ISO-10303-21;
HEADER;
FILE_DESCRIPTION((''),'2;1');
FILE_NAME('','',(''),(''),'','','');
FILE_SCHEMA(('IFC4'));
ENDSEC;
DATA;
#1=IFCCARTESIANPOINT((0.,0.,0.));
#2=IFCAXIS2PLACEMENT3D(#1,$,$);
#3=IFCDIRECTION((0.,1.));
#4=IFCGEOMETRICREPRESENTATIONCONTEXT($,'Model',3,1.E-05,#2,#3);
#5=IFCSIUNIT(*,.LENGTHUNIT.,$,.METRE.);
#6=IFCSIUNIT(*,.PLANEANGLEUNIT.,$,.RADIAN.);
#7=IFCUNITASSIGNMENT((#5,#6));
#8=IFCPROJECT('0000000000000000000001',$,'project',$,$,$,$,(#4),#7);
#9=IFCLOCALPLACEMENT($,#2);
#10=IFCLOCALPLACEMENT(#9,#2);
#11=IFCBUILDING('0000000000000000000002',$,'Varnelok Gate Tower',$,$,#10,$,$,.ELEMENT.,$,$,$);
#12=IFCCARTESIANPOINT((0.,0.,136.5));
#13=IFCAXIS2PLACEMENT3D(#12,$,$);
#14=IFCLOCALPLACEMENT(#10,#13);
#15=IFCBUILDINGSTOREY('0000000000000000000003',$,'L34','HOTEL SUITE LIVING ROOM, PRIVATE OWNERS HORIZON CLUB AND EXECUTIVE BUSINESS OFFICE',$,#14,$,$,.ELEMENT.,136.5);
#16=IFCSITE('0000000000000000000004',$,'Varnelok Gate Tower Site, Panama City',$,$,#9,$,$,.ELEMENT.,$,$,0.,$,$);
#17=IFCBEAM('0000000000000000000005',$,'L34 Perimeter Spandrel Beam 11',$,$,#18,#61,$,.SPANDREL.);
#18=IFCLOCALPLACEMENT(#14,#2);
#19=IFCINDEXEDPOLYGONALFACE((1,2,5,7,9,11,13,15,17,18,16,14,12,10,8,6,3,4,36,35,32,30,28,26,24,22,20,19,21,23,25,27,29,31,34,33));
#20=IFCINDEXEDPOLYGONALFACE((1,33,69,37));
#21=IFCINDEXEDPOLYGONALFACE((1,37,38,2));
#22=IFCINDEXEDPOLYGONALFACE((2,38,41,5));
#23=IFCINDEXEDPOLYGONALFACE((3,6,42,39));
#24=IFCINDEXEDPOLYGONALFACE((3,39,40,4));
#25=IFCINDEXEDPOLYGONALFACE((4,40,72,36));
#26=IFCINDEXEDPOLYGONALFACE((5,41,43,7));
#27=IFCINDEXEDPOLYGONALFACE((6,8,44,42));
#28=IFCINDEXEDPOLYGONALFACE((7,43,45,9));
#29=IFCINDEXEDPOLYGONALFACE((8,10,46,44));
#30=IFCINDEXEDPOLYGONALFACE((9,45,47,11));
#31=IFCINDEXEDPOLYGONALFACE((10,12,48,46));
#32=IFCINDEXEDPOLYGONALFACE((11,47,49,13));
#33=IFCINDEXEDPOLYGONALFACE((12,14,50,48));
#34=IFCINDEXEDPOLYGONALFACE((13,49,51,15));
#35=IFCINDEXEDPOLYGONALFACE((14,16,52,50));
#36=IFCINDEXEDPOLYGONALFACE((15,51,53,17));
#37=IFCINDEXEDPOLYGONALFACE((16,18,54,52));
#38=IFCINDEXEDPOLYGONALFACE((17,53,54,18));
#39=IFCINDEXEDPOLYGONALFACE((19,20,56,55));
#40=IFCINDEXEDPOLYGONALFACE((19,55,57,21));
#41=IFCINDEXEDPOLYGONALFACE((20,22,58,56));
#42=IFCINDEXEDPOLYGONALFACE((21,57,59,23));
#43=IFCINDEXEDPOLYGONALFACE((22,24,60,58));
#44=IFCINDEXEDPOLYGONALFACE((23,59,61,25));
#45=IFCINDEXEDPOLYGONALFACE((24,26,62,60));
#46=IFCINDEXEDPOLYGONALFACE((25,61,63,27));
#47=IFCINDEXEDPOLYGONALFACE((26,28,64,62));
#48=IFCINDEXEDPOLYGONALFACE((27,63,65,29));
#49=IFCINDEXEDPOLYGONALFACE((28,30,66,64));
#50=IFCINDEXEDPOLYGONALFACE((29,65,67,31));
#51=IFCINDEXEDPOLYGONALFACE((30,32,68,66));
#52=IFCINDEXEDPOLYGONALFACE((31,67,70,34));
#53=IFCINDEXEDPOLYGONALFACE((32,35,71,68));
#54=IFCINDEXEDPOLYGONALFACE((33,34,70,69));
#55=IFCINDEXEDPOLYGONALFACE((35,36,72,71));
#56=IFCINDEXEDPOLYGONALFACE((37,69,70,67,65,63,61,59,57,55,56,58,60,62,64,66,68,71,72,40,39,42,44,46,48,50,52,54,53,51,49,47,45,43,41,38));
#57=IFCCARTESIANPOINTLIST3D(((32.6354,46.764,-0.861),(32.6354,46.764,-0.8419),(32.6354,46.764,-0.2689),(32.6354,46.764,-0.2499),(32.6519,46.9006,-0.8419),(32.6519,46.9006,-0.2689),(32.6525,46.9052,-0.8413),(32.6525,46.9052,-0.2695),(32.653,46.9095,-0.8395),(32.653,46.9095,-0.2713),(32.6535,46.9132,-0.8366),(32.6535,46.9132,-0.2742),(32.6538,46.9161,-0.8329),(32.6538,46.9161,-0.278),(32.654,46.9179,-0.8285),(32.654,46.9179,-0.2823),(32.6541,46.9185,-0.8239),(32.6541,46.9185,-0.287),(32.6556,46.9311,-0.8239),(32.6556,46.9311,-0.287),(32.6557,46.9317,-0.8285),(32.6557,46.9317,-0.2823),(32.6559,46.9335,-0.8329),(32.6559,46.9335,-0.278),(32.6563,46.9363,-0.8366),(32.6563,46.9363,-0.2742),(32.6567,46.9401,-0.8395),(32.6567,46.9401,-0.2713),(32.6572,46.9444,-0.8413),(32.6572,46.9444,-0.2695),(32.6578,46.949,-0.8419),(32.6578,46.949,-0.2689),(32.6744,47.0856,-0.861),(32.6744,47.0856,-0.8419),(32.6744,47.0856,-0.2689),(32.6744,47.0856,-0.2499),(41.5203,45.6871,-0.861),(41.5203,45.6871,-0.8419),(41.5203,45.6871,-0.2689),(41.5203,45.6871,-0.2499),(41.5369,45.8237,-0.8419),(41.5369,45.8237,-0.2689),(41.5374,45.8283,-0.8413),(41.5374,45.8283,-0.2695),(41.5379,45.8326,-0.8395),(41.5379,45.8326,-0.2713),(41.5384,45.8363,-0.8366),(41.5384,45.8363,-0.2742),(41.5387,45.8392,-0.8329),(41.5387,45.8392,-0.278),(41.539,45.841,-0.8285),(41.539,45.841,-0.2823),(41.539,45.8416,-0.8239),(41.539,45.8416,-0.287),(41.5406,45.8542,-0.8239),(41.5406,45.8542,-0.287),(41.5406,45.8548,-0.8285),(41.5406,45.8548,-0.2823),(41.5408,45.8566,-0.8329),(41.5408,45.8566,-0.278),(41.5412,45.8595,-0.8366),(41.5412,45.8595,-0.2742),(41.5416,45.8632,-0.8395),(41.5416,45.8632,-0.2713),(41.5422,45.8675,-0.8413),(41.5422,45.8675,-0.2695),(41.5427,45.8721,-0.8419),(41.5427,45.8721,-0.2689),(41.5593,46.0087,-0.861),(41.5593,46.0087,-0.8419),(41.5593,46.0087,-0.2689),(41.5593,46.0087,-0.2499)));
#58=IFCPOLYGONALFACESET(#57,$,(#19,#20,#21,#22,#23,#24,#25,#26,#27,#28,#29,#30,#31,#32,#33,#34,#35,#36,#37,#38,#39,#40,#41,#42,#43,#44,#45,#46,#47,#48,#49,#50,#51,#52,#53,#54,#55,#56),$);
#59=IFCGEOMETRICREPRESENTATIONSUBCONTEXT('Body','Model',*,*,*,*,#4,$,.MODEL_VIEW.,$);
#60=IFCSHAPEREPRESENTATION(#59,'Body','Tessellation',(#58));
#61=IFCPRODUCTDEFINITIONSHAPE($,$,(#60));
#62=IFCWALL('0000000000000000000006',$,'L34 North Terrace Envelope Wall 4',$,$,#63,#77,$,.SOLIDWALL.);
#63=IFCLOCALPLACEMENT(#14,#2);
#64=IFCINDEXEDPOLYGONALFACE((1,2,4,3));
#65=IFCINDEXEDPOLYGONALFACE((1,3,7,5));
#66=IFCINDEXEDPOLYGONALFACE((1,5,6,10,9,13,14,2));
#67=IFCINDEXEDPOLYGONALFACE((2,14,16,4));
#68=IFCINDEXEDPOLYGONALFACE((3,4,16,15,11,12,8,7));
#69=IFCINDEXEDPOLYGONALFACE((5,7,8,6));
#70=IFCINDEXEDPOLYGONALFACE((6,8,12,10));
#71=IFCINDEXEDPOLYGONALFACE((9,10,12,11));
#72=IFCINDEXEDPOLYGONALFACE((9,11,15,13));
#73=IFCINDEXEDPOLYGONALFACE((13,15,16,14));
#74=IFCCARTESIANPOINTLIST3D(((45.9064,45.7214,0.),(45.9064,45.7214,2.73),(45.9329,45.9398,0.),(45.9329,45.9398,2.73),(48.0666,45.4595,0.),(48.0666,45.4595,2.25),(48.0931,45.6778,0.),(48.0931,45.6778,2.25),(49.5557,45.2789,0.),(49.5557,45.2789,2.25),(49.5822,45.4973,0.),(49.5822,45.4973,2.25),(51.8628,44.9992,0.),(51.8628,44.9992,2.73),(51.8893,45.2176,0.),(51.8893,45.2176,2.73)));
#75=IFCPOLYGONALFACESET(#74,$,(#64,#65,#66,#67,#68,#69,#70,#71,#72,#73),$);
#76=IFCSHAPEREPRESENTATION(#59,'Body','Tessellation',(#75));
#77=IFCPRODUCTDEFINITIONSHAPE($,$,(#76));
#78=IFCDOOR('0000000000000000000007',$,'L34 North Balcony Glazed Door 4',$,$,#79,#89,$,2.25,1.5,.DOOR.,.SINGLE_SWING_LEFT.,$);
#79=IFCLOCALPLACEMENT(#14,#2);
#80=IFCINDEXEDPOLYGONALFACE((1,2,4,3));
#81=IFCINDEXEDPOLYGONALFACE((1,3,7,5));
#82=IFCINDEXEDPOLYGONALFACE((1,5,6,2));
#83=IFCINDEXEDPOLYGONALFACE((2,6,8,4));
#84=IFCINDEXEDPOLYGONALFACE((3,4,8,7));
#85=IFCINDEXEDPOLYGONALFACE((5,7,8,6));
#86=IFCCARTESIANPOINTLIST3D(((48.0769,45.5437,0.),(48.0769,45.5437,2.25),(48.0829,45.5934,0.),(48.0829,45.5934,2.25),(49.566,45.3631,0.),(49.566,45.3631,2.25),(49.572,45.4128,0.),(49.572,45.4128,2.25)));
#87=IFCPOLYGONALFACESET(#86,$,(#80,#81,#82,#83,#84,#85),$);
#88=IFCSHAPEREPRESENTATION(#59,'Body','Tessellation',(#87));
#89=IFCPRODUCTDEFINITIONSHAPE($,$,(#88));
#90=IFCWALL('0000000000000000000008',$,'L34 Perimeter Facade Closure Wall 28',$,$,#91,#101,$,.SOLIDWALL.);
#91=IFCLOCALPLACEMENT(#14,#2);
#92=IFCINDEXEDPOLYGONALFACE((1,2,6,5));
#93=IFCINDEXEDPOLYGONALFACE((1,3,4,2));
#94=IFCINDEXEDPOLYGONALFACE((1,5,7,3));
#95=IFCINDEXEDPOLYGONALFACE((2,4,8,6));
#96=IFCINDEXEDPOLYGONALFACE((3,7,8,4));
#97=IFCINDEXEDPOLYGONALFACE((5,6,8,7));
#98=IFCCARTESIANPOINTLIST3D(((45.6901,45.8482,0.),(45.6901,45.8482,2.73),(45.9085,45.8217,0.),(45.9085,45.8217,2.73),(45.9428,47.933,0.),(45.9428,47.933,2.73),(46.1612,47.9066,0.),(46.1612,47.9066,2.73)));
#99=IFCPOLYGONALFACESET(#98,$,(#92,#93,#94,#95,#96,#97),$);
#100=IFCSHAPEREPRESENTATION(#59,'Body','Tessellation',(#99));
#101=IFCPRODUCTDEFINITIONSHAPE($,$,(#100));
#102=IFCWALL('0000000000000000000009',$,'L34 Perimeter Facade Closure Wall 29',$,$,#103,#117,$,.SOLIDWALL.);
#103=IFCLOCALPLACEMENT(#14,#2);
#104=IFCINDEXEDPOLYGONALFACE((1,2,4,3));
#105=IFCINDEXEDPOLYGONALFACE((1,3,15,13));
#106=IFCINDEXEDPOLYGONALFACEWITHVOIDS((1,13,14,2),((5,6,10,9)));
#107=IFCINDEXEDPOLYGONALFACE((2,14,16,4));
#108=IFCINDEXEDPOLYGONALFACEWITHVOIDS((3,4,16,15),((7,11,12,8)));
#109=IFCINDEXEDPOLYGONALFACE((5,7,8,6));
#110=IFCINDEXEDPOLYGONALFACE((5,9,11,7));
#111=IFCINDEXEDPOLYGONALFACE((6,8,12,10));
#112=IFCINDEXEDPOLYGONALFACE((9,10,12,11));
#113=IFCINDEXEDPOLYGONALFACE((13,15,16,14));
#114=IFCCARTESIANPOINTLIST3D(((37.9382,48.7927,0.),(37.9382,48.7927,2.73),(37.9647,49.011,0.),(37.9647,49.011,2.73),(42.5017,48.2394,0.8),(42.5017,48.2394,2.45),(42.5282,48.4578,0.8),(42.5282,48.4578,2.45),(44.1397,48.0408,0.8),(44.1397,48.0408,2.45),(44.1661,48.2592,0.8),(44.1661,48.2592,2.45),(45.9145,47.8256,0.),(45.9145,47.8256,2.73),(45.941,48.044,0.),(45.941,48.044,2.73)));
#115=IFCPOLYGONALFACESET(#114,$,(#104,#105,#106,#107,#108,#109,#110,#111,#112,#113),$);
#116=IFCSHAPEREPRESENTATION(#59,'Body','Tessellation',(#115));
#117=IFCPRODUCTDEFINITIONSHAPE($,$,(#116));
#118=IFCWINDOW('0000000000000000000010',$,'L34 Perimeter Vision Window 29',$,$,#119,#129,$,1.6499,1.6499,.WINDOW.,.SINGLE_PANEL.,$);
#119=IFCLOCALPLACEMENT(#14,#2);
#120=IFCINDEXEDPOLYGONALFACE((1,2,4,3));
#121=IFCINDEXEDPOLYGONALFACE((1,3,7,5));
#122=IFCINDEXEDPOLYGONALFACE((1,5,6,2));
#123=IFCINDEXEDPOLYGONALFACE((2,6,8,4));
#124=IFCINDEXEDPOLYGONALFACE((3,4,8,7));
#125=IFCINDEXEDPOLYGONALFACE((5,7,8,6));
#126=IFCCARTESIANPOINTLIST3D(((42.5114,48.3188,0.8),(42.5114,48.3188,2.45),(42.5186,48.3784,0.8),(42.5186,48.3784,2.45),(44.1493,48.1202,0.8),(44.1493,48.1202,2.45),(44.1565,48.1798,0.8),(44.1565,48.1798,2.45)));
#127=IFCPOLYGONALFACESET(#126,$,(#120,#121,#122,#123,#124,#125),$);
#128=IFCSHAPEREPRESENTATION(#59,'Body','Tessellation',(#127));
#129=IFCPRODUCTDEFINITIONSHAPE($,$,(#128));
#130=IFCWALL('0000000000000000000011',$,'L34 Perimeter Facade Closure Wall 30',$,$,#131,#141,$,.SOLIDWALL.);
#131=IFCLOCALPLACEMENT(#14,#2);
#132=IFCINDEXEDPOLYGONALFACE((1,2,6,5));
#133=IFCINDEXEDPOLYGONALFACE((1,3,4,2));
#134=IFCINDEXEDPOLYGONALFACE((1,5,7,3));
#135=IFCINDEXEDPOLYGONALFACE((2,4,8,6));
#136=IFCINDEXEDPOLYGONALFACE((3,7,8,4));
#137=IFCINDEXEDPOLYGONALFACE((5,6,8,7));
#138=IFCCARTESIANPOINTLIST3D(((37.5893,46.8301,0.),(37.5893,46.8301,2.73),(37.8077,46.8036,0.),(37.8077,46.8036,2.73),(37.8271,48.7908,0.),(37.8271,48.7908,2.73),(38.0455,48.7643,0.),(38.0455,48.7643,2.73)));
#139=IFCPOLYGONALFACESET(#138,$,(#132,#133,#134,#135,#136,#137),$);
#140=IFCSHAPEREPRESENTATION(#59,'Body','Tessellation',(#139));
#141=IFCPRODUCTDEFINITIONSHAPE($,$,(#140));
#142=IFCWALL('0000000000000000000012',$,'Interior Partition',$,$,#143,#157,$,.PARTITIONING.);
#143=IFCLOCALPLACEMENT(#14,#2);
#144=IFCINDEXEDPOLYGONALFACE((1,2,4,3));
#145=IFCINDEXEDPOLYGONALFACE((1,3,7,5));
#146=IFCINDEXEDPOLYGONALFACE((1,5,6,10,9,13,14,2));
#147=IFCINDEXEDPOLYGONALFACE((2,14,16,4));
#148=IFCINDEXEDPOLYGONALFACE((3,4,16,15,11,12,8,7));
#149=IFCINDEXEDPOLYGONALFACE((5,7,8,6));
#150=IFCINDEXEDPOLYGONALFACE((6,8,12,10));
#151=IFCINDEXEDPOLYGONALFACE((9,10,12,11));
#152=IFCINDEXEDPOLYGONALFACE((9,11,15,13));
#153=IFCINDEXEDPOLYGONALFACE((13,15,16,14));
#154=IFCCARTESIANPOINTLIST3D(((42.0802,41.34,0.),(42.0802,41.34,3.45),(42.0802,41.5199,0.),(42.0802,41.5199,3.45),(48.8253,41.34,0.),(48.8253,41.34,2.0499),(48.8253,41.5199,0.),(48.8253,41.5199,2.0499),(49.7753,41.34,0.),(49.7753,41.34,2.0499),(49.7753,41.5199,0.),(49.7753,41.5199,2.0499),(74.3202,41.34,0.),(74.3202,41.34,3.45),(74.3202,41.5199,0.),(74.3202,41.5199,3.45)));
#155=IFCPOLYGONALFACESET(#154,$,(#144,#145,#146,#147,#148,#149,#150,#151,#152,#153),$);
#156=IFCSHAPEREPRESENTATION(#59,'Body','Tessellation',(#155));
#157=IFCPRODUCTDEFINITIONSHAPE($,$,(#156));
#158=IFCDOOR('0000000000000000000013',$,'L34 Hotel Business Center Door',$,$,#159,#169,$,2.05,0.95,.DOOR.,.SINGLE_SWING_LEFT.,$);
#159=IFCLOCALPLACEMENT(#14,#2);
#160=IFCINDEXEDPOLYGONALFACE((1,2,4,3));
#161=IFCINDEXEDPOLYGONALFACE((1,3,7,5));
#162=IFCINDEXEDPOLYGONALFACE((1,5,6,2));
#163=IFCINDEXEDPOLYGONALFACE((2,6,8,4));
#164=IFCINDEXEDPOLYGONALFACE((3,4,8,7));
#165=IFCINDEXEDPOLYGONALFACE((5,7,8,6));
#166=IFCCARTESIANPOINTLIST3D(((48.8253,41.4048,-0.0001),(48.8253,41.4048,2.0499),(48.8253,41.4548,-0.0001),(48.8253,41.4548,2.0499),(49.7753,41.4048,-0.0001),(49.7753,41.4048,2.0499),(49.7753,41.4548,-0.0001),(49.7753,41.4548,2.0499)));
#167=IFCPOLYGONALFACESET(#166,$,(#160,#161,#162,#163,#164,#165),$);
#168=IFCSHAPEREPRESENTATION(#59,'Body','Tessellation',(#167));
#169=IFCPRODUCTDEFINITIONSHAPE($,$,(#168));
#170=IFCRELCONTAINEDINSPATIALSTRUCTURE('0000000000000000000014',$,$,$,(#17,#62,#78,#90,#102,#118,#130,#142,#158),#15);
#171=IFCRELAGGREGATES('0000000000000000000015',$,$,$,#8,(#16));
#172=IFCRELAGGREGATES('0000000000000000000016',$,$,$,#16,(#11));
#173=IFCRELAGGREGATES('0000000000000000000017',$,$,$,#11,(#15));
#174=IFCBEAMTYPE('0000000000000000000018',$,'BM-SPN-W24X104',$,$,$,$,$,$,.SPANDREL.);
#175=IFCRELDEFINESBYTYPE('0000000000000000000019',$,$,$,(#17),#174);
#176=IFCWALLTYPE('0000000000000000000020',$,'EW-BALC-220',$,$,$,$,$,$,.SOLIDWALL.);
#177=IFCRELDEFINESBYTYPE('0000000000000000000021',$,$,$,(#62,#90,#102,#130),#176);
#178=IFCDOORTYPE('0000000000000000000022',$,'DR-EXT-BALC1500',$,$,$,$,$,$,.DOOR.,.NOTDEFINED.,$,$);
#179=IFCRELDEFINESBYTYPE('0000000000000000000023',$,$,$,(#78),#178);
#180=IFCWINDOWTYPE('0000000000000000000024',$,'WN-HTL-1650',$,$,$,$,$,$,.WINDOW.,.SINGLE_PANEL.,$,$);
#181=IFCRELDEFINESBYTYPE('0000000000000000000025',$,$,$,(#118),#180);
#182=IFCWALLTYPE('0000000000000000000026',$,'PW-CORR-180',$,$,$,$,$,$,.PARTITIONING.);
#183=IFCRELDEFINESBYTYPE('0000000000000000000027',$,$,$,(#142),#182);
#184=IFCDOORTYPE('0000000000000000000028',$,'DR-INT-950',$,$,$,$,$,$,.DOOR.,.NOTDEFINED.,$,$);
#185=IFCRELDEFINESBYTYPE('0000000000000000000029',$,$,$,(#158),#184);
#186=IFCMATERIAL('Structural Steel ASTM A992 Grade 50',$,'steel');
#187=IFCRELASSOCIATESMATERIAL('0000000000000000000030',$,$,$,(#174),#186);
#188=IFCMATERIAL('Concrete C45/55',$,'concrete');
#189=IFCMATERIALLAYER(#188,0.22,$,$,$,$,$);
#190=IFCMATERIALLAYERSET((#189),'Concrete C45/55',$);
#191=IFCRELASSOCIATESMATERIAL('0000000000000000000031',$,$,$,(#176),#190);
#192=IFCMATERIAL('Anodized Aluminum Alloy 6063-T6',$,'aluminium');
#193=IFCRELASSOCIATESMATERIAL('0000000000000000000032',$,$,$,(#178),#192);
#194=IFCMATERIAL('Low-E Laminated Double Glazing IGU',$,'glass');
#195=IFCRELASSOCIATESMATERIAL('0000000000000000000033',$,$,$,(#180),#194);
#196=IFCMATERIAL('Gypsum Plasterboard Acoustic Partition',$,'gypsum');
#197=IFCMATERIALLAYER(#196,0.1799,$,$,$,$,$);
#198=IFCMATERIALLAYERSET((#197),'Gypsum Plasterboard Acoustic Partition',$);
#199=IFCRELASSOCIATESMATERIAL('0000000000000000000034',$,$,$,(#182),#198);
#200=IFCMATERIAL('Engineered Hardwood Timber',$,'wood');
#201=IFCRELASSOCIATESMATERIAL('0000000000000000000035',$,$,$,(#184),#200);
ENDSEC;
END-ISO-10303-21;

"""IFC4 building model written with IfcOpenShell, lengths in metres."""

from ifc_helpers import new_model, si_unit, direction, frame, frame_2d, origin, origin_2d, place, context, subcontext, project, spatial, rectangle, i_section, extrude, material, layer, layer_set, material_profile, profile_set, type_object, element, fill, save


model = new_model("IFC4")

# Units and contexts
model_context = context("Model", 3, precision=1e-05, world=origin(), true_north=direction((0.0, 1.0)))
body_context = subcontext(model_context, "Body", "Model", "MODEL_VIEW")
ifc_project = project(units=[si_unit("LENGTHUNIT", "METRE"), si_unit("PLANEANGLEUNIT", "RADIAN")], contexts=[model_context])

# Site, building, storey
site_placement = place(None, origin())
site = spatial("IfcSite", under=ifc_project, at=site_placement, Name="Varnelok Gate Tower Site, Panama City", CompositionType="ELEMENT", RefElevation=0.0)
building_placement = place(site_placement, origin())
building = spatial("IfcBuilding", under=site, at=building_placement, Name="Varnelok Gate Tower", CompositionType="ELEMENT")
storey_placement = place(building_placement, frame((0.0, 0.0, 136.5)))
storey = spatial("IfcBuildingStorey", under=building, at=storey_placement, Name="L34", Description="HOTEL SUITE LIVING ROOM, PRIVATE OWNERS HORIZON CLUB AND EXECUTIVE BUSINESS OFFICE", CompositionType="ELEMENT", Elevation=136.5)

# Shared definitions
ifc_material_1 = material(Name="Structural Steel ASTM A992 Grade 50", Category="steel")

# Beam
ifc_material_profile_1 = material_profile(ifc_material_1, i_section(OverallWidth=0.324, OverallDepth=0.6111, WebThickness=0.0127, FlangeThickness=0.019, FilletRadius=0.0181, at=origin_2d()), Name="W24X104")
ifc_profile_set_1 = profile_set([ifc_material_profile_1], Name="Structural Steel ASTM A992 Grade 50")
beam_type_1 = type_object("IfcBeamType", Name="BM-SPN-W24X104", PredefinedType="SPANDREL", material=ifc_profile_set_1)
beam_1_placement = place(storey_placement, frame((41.5398, 45.8479, -0.5554), z_axis=(-0.992735, 0.120324, 0.0), x_axis=(-0.120324, -0.992735, 0.0)))
element("IfcBeam", 1, at=beam_1_placement, inside=storey, type_object=beam_type_1, Name="L34 Perimeter Spandrel Beam 11", PredefinedType="SPANDREL", context=body_context, shape_type="SweptSolid", body=[
    extrude(i_section(OverallWidth=0.324, OverallDepth=0.6111, WebThickness=0.0127, FlangeThickness=0.019, FilletRadius=0.0181, at=origin_2d()), origin(), (0.0, 0.0, 1.0), 8.95),
])

# Wall, opening, door
ifc_material_2 = material(Name="Concrete C45/55", Category="concrete")
ifc_layer_1 = layer(ifc_material_2, 0.22)
ifc_layer_set_1 = layer_set([ifc_layer_1], Name="Concrete C45/55")
wall_type_1 = type_object("IfcWallType", Name="EW-BALC-220", PredefinedType="SOLIDWALL", material=ifc_layer_set_1)
wall_1_placement = place(storey_placement, frame((45.9197, 45.8306, 0.0), z_axis=(0.0, 0.0, 1.0), x_axis=(0.99273, -0.120363, 0.0)))
wall_1 = element("IfcWall", 2, at=wall_1_placement, inside=storey, type_object=wall_type_1, Name="L34 North Terrace Envelope Wall 4", PredefinedType="SOLIDWALL", context=body_context, shape_type="SweptSolid", body=[
    extrude(rectangle(XDim=6.0, YDim=0.22, at=frame_2d((3.0, 0.0))), origin(), (0.0, 0.0, 1.0), 2.73),
])
opening_1_placement = place(wall_1_placement, frame((2.176, 0.0, 0.0)))
opening_1 = element("IfcOpeningElement", 3, at=opening_1_placement, cuts=wall_1, PredefinedType="OPENING", context=body_context, shape_type="SweptSolid", body=[
    extrude(rectangle(XDim=1.5, YDim=2.25, at=frame_2d((0.75, 1.125))), frame((0.0, 0.1199, 0.0), z_axis=(0.0, -1.0, 0.0), x_axis=(1.0, 0.0, 0.0)), (0.0, 0.0, 1.0), 0.24),
])
ifc_material_3 = material(Name="Anodized Aluminum Alloy 6063-T6", Category="aluminium")
door_type_1 = type_object("IfcDoorType", Name="DR-EXT-BALC1500", OperationType="NOTDEFINED", PredefinedType="DOOR", material=ifc_material_3)
door_1_placement = place(opening_1_placement, origin())
door_1 = element("IfcDoor", 4, at=door_1_placement, inside=storey, type_object=door_type_1, Name="L34 North Balcony Glazed Door 4", OperationType="SINGLE_SWING_LEFT", OverallHeight=2.25, OverallWidth=1.5, PredefinedType="DOOR", context=body_context, shape_type="SweptSolid", body=[
    extrude(rectangle(XDim=1.5, YDim=2.25, at=frame_2d((0.75, 1.125))), frame((0.0, 0.0249, 0.0), z_axis=(0.0, -1.0, 0.0), x_axis=(1.0, 0.0, 0.0)), (0.0, 0.0, 1.0), 0.05),
])
fill(opening_1, door_1)

# Wall
wall_2_placement = place(storey_placement, frame((45.7993, 45.835, 0.0), z_axis=(0.0, 0.0, 1.0), x_axis=(0.120314, 0.992736, 0.0)))
element("IfcWall", 5, at=wall_2_placement, inside=storey, type_object=wall_type_1, Name="L34 Perimeter Facade Closure Wall 28", PredefinedType="SOLIDWALL", context=body_context, shape_type="SweptSolid", body=[
    extrude(rectangle(XDim=2.1001, YDim=0.22, at=frame_2d((1.05, 0.0))), origin(), (0.0, 0.0, 1.0), 2.73),
])

# Wall, opening, window
wall_3_placement = place(storey_placement, frame((45.9277, 47.9348, 0.0), z_axis=(0.0, 0.0, 1.0), x_axis=(-0.992731, 0.120358, 0.0)))
wall_3 = element("IfcWall", 6, at=wall_3_placement, inside=storey, type_object=wall_type_1, Name="L34 Perimeter Facade Closure Wall 29", PredefinedType="SOLIDWALL", context=body_context, shape_type="SweptSolid", body=[
    extrude(rectangle(XDim=8.0347, YDim=0.22, at=frame_2d((4.0173, 0.0))), origin(), (0.0, 0.0, 1.0), 2.73),
])
opening_2_placement = place(wall_3_placement, frame((1.7878, 0.0, 0.8)))
opening_2 = element("IfcOpeningElement", 7, at=opening_2_placement, cuts=wall_3, PredefinedType="OPENING", context=body_context, shape_type="SweptSolid", body=[
    extrude(rectangle(XDim=1.6499, YDim=1.6499, at=frame_2d((0.825, 0.825))), frame((0.0, 0.1199, 0.0), z_axis=(0.0, -1.0, 0.0), x_axis=(1.0, 0.0, 0.0)), (0.0, 0.0, 1.0), 0.24),
])
ifc_material_4 = material(Name="Low-E Laminated Double Glazing IGU", Category="glass")
window_type = type_object("IfcWindowType", Name="WN-HTL-1650", PartitioningType="SINGLE_PANEL", PredefinedType="WINDOW", material=ifc_material_4)
window_placement = place(opening_2_placement, origin())
window = element("IfcWindow", 8, at=window_placement, inside=storey, type_object=window_type, Name="L34 Perimeter Vision Window 29", OverallHeight=1.6499, OverallWidth=1.6499, PartitioningType="SINGLE_PANEL", PredefinedType="WINDOW", context=body_context, shape_type="SweptSolid", body=[
    extrude(rectangle(XDim=1.6499, YDim=1.6499, at=frame_2d((0.825, 0.825))), frame((0.0, 0.03, 0.0), z_axis=(0.0, -1.0, 0.0), x_axis=(1.0, 0.0, 0.0)), (0.0, 0.0, 1.0), 0.0601),
])
fill(opening_2, window)

# Wall
wall_4_placement = place(storey_placement, frame((37.9363, 48.7776, 0.0), z_axis=(0.0, 0.0, 1.0), x_axis=(-0.120398, -0.992726, 0.0)))
element("IfcWall", 9, at=wall_4_placement, inside=storey, type_object=wall_type_1, Name="L34 Perimeter Facade Closure Wall 30", PredefinedType="SOLIDWALL", context=body_context, shape_type="SweptSolid", body=[
    extrude(rectangle(XDim=1.9751, YDim=0.22, at=frame_2d((0.9875, 0.0))), origin(), (0.0, 0.0, 1.0), 2.73),
])

# Wall, opening, door
ifc_material_5 = material(Name="Gypsum Plasterboard Acoustic Partition", Category="gypsum")
ifc_layer_2 = layer(ifc_material_5, 0.1799)
ifc_layer_set_2 = layer_set([ifc_layer_2], Name="Gypsum Plasterboard Acoustic Partition")
wall_type_2 = type_object("IfcWallType", Name="PW-CORR-180", PredefinedType="PARTITIONING", material=ifc_layer_set_2)
wall_5_placement = place(storey_placement, frame((42.0801, 41.4299, 0.0), z_axis=(0.0, 0.0, 1.0), x_axis=(1.0, 0.0, 0.0)))
wall_5 = element("IfcWall", 10, at=wall_5_placement, inside=storey, type_object=wall_type_2, Name="Interior Partition", PredefinedType="PARTITIONING", context=body_context, shape_type="SweptSolid", body=[
    extrude(rectangle(XDim=32.24, YDim=0.1799, at=frame_2d((16.1201, 0.0))), origin(), (0.0, 0.0, 1.0), 3.45),
])
opening_3_placement = place(wall_5_placement, frame((6.7451, 0.0, 0.0)))
opening_3 = element("IfcOpeningElement", 11, at=opening_3_placement, cuts=wall_5, PredefinedType="OPENING", context=body_context, shape_type="SweptSolid", body=[
    extrude(rectangle(XDim=0.95, YDim=2.05, at=frame_2d((0.4751, 1.0249))), frame((0.0, 0.0999, 0.0), z_axis=(0.0, -1.0, 0.0), x_axis=(1.0, 0.0, 0.0)), (0.0, 0.0, 1.0), 0.2),
])
ifc_material_6 = material(Name="Engineered Hardwood Timber", Category="wood")
door_type_2 = type_object("IfcDoorType", Name="DR-INT-950", OperationType="NOTDEFINED", PredefinedType="DOOR", material=ifc_material_6)
door_2_placement = place(opening_3_placement, origin())
door_2 = element("IfcDoor", 12, at=door_2_placement, inside=storey, type_object=door_type_2, Name="L34 Hotel Business Center Door", OperationType="SINGLE_SWING_LEFT", OverallHeight=2.05, OverallWidth=0.95, PredefinedType="DOOR", context=body_context, shape_type="SweptSolid", body=[
    extrude(rectangle(XDim=0.95, YDim=2.05, at=frame_2d((0.4751, 1.0249))), frame((0.0, 0.0249, 0.0), z_axis=(0.0, -1.0, 0.0), x_axis=(1.0, 0.0, 0.0)), (0.0, 0.0, 1.0), 0.05),
])
fill(opening_3, door_2)

save(model, "model.ifc")
